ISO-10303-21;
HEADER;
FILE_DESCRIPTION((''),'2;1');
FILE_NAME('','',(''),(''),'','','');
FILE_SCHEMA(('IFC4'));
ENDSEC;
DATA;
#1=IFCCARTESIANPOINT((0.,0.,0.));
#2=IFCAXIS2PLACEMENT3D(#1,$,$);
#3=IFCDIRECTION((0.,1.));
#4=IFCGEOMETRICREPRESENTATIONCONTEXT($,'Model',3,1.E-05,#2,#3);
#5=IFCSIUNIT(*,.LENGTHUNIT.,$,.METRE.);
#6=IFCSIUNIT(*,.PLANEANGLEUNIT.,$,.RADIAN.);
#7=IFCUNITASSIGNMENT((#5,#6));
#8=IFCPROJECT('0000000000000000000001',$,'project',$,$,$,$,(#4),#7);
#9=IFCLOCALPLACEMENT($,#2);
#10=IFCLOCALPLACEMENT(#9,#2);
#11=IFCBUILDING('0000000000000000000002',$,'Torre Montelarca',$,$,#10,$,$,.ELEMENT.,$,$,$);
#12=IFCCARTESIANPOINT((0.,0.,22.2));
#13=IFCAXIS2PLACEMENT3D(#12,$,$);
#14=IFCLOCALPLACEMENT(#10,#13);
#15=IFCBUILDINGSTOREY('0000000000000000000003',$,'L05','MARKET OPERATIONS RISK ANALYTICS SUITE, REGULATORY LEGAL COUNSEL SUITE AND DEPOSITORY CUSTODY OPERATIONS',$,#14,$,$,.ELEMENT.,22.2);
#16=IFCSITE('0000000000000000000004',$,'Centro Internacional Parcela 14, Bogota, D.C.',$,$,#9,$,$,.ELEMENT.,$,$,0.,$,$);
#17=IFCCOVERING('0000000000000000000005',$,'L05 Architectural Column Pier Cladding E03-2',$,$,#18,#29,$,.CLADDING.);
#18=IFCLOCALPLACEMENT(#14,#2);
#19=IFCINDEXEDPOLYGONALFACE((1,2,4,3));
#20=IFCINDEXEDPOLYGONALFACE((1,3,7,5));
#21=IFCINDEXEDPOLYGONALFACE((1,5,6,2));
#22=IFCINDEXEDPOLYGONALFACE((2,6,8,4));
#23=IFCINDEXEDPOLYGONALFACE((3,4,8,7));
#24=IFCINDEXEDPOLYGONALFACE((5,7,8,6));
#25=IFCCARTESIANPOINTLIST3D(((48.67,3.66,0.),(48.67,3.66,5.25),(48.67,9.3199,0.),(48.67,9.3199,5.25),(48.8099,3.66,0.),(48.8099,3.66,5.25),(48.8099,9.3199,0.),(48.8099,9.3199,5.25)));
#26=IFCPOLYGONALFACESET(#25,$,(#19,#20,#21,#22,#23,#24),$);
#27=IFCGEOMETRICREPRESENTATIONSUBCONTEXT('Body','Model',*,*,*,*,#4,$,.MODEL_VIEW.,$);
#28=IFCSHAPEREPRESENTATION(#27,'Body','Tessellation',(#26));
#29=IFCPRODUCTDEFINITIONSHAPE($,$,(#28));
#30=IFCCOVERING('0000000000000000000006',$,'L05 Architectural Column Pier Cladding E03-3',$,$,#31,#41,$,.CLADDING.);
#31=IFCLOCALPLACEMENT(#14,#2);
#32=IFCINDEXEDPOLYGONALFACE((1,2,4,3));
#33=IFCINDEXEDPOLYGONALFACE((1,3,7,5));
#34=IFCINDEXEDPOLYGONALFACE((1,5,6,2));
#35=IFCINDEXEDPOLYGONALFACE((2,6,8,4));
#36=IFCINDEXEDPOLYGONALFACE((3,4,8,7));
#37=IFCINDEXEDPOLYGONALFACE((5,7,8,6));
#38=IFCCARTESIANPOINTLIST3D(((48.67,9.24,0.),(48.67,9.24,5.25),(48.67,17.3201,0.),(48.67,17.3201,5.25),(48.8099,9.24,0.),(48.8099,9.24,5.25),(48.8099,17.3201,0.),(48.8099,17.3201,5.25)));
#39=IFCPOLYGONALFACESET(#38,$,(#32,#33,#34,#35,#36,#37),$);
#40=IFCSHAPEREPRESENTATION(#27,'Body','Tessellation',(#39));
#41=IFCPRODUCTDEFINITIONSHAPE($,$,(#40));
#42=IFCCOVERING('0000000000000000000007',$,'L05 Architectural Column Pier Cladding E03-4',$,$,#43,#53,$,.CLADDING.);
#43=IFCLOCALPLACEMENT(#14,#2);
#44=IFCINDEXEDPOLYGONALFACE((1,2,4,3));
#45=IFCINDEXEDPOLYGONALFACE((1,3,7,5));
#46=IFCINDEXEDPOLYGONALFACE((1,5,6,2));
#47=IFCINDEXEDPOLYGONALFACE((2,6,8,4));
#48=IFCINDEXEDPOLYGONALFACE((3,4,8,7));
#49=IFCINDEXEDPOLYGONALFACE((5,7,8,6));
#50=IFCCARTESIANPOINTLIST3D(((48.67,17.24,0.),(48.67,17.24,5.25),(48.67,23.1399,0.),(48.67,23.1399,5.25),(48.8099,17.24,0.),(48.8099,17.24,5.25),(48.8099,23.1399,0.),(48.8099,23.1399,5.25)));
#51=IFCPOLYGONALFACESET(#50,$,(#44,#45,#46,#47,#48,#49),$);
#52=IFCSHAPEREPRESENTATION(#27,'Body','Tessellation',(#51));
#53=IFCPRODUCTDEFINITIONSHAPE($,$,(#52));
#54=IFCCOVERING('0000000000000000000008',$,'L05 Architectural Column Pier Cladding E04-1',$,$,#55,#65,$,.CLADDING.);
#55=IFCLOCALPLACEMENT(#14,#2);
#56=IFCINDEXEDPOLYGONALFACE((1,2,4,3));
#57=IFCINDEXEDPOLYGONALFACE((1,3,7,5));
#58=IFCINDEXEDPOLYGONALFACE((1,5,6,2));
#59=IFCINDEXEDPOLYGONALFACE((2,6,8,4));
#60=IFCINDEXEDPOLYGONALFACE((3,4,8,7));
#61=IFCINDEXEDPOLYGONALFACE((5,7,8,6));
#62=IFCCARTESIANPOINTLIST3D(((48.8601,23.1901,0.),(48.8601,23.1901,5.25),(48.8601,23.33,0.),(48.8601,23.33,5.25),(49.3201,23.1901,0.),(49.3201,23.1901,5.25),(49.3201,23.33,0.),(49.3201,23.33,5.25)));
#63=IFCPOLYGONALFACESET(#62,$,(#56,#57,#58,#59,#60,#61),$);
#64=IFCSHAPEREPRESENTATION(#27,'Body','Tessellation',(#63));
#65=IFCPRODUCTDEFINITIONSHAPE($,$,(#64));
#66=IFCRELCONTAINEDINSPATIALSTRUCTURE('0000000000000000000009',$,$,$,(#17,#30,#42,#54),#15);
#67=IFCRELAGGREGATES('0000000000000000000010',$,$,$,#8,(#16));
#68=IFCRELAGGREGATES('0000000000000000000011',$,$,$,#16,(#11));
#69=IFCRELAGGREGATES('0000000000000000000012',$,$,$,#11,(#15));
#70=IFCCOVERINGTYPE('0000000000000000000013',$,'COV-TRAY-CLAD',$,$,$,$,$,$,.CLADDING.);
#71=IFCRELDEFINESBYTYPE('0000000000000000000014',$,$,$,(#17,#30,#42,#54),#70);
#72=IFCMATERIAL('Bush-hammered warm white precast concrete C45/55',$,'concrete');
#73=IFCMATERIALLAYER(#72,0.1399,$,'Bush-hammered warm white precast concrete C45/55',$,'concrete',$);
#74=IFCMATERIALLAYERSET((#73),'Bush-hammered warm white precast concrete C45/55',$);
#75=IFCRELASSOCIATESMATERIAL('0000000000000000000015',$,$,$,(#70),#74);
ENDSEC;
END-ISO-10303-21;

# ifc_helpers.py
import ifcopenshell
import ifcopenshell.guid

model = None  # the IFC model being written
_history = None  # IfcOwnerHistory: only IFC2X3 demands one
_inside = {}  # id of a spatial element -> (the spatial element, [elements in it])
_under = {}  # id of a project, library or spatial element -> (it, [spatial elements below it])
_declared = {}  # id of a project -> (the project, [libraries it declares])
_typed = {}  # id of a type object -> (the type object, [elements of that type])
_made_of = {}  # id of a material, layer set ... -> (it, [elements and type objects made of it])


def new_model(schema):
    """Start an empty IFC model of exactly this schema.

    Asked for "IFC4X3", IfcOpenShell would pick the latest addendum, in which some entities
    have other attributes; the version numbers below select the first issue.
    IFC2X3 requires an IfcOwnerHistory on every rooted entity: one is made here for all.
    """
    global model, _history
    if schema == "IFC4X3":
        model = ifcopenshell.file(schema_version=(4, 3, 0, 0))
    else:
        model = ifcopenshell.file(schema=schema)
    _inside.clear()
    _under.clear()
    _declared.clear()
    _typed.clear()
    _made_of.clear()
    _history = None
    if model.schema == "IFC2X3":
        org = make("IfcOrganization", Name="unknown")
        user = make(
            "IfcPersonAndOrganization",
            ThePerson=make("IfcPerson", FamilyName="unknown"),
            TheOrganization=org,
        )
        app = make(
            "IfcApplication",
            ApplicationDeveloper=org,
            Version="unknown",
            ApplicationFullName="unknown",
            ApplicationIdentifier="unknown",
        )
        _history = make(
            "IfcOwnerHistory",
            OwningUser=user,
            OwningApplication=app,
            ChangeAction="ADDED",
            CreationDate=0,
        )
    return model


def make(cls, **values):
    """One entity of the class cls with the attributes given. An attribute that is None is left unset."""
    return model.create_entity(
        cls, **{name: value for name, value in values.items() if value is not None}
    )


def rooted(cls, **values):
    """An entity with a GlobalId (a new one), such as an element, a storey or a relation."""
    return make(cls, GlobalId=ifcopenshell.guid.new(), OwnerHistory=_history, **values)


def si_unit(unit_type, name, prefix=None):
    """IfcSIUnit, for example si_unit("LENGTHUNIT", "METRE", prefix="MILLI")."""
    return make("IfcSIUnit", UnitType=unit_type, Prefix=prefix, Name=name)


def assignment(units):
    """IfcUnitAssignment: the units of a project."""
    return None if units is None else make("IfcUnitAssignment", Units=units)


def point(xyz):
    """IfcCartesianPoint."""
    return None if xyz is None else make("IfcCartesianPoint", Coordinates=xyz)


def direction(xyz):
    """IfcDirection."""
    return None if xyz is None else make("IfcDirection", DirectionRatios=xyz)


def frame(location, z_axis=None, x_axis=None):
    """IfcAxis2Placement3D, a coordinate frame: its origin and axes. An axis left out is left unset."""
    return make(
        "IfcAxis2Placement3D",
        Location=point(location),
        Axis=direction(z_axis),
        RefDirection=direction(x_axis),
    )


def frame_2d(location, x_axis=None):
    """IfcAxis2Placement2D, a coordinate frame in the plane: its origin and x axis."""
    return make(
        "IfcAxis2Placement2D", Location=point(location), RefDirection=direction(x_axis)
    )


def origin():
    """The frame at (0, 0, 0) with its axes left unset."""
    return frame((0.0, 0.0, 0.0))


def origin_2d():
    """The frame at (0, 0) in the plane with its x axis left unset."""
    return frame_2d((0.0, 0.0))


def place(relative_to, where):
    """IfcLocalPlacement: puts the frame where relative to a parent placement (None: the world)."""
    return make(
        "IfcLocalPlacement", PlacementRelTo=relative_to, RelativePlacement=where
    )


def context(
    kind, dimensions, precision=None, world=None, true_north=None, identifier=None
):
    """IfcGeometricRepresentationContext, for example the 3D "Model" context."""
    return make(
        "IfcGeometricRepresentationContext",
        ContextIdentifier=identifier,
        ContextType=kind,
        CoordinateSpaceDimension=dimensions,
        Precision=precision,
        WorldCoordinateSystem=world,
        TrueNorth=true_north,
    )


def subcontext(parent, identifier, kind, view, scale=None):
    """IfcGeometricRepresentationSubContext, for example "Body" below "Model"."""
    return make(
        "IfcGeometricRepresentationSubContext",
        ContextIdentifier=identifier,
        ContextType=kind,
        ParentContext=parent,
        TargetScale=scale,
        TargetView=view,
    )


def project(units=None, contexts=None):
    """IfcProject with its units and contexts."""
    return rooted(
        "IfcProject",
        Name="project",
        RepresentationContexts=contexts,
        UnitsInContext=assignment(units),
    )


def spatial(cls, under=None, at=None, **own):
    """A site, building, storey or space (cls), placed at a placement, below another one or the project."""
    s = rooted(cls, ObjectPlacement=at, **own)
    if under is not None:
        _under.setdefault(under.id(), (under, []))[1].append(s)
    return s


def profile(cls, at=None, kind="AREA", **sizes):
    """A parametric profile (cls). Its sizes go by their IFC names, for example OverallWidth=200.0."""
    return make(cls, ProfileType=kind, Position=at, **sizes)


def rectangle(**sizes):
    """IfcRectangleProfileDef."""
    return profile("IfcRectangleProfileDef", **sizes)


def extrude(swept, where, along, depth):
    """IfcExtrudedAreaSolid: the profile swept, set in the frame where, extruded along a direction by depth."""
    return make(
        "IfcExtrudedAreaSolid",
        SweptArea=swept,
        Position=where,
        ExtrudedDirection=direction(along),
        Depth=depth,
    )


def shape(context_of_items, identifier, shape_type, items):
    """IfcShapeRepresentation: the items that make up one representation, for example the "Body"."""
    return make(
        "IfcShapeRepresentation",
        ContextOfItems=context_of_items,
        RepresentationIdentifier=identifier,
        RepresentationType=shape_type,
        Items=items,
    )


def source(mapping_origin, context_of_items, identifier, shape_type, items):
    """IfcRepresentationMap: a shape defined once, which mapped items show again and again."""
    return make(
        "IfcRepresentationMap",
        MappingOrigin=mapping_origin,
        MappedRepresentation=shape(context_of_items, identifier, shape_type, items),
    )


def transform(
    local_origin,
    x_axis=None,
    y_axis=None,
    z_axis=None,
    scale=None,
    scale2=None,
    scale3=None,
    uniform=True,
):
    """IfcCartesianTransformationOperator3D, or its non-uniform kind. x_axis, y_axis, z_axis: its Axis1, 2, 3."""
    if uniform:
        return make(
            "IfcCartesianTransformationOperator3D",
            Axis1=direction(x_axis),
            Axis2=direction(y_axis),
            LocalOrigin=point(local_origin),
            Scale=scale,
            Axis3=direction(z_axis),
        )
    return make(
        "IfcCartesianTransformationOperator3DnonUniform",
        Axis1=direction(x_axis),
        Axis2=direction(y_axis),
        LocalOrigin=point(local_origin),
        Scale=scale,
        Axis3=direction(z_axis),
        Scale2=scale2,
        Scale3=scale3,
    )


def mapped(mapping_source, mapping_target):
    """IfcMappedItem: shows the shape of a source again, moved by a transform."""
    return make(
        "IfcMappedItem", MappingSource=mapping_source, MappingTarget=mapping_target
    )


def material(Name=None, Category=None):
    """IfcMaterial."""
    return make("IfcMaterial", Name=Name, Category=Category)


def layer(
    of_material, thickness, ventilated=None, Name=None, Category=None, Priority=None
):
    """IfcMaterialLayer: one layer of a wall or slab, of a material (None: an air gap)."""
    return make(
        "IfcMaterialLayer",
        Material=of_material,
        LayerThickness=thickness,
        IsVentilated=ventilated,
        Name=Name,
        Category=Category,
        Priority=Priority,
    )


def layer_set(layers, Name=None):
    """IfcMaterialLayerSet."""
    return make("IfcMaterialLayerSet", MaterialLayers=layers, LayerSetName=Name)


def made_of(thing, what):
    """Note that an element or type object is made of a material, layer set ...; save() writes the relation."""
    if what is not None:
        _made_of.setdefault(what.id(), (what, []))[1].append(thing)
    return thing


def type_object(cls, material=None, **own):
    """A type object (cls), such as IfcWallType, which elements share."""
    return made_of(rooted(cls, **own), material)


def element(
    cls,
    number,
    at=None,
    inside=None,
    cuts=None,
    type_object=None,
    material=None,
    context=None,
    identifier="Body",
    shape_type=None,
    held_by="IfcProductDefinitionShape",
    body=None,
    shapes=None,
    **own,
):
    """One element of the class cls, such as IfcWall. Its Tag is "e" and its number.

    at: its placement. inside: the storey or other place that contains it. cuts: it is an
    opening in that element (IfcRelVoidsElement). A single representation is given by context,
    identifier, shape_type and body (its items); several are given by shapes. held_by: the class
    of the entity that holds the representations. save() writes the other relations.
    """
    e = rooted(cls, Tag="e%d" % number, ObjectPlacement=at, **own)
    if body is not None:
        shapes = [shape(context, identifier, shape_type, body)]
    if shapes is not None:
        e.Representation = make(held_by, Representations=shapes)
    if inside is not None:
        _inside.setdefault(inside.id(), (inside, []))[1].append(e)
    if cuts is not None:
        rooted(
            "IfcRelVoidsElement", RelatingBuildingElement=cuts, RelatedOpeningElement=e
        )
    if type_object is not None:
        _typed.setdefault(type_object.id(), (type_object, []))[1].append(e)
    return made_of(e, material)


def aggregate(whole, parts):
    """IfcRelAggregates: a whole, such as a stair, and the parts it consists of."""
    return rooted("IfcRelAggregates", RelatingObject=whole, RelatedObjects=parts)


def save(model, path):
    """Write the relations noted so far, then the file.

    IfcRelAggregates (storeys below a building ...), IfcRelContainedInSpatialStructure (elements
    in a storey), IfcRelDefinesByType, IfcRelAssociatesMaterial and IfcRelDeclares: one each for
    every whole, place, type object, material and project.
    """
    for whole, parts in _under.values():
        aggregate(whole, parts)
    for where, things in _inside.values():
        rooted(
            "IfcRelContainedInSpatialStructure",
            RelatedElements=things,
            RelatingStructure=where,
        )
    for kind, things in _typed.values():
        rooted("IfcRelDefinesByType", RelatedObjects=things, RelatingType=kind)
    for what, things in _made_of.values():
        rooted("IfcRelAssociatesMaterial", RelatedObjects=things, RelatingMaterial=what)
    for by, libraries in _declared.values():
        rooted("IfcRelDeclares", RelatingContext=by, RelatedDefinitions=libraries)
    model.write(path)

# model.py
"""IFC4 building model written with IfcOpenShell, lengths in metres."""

from ifc_helpers import new_model, si_unit, direction, frame, origin, origin_2d, place, context, subcontext, project, spatial, rectangle, extrude, source, transform, mapped, material, layer, layer_set, type_object, element, save


model = new_model("IFC4")

# Units and contexts
model_context = context("Model", 3, precision=1e-05, world=origin(), true_north=direction((0.0, 1.0)))
body_context = subcontext(model_context, "Body", "Model", "MODEL_VIEW")
ifc_project = project(units=[si_unit("LENGTHUNIT", "METRE"), si_unit("PLANEANGLEUNIT", "RADIAN")], contexts=[model_context])

# Site, building, storey
site_placement = place(None, origin())
site = spatial("IfcSite", under=ifc_project, at=site_placement, Name="Centro Internacional Parcela 14, Bogota, D.C.", CompositionType="ELEMENT", RefElevation=0.0)
building_placement = place(site_placement, origin())
building = spatial("IfcBuilding", under=site, at=building_placement, Name="Torre Montelarca", CompositionType="ELEMENT")
storey_placement = place(building_placement, frame((0.0, 0.0, 22.2)))
storey = spatial("IfcBuildingStorey", under=building, at=storey_placement, Name="L05", Description="MARKET OPERATIONS RISK ANALYTICS SUITE, REGULATORY LEGAL COUNSEL SUITE AND DEPOSITORY CUSTODY OPERATIONS", CompositionType="ELEMENT", Elevation=22.2)

# Coverings
ifc_material_1 = material(Name="Bush-hammered warm white precast concrete C45/55", Category="concrete")
ifc_layer_1 = layer(ifc_material_1, 0.1399, Name="Bush-hammered warm white precast concrete C45/55", Category="concrete")
ifc_layer_set_1 = layer_set([ifc_layer_1], Name="Bush-hammered warm white precast concrete C45/55")
covering_type = type_object("IfcCoveringType", Name="COV-TRAY-CLAD", PredefinedType="CLADDING", material=ifc_layer_set_1)
shared_shape_1 = source(origin(), body_context, "Body", "SweptSolid", [
    extrude(rectangle(XDim=5.6599, YDim=0.1399, at=origin_2d()), origin(), (0.0, 0.0, 1.0), 5.25),
])
covering_1_placement = place(storey_placement, frame((48.74, 6.49, 0.0), z_axis=(0.0, 0.0, 1.0), x_axis=(0.0, 1.0, 0.0)))
element("IfcCovering", 1, at=covering_1_placement, inside=storey, type_object=covering_type, Name="L05 Architectural Column Pier Cladding E03-2", PredefinedType="CLADDING", context=body_context, shape_type="MappedRepresentation", body=[
    mapped(shared_shape_1, transform((0.0, 0.0, 0.0), scale=1.0)),
])
shared_shape_2 = source(origin(), body_context, "Body", "SweptSolid", [
    extrude(rectangle(XDim=8.0801, YDim=0.1399, at=origin_2d()), origin(), (0.0, 0.0, 1.0), 5.25),
])
covering_2_placement = place(storey_placement, frame((48.74, 13.28, 0.0), z_axis=(0.0, 0.0, 1.0), x_axis=(0.0, 1.0, 0.0)))
element("IfcCovering", 2, at=covering_2_placement, inside=storey, type_object=covering_type, Name="L05 Architectural Column Pier Cladding E03-3", PredefinedType="CLADDING", context=body_context, shape_type="MappedRepresentation", body=[
    mapped(shared_shape_2, transform((0.0, 0.0, 0.0), scale=1.0)),
])
shared_shape_3 = source(origin(), body_context, "Body", "SweptSolid", [
    extrude(rectangle(XDim=5.8999, YDim=0.1399, at=origin_2d()), origin(), (0.0, 0.0, 1.0), 5.25),
])
covering_3_placement = place(storey_placement, frame((48.74, 20.1899, 0.0), z_axis=(0.0, 0.0, 1.0), x_axis=(0.0, 1.0, 0.0)))
element("IfcCovering", 3, at=covering_3_placement, inside=storey, type_object=covering_type, Name="L05 Architectural Column Pier Cladding E03-4", PredefinedType="CLADDING", context=body_context, shape_type="MappedRepresentation", body=[
    mapped(shared_shape_3, transform((0.0, 0.0, 0.0), scale=1.0)),
])
shared_shape_4 = source(origin(), body_context, "Body", "SweptSolid", [
    extrude(rectangle(XDim=0.46, YDim=0.1399, at=origin_2d()), origin(), (0.0, 0.0, 1.0), 5.25),
])
covering_4_placement = place(storey_placement, frame((49.0901, 23.26, 0.0), z_axis=(0.0, 0.0, 1.0), x_axis=(1.0, 0.0, 0.0)))
element("IfcCovering", 4, at=covering_4_placement, inside=storey, type_object=covering_type, Name="L05 Architectural Column Pier Cladding E04-1", PredefinedType="CLADDING", context=body_context, shape_type="MappedRepresentation", body=[
    mapped(shared_shape_4, transform((0.0, 0.0, 0.0), scale=1.0)),
])

save(model, "model.ifc")
